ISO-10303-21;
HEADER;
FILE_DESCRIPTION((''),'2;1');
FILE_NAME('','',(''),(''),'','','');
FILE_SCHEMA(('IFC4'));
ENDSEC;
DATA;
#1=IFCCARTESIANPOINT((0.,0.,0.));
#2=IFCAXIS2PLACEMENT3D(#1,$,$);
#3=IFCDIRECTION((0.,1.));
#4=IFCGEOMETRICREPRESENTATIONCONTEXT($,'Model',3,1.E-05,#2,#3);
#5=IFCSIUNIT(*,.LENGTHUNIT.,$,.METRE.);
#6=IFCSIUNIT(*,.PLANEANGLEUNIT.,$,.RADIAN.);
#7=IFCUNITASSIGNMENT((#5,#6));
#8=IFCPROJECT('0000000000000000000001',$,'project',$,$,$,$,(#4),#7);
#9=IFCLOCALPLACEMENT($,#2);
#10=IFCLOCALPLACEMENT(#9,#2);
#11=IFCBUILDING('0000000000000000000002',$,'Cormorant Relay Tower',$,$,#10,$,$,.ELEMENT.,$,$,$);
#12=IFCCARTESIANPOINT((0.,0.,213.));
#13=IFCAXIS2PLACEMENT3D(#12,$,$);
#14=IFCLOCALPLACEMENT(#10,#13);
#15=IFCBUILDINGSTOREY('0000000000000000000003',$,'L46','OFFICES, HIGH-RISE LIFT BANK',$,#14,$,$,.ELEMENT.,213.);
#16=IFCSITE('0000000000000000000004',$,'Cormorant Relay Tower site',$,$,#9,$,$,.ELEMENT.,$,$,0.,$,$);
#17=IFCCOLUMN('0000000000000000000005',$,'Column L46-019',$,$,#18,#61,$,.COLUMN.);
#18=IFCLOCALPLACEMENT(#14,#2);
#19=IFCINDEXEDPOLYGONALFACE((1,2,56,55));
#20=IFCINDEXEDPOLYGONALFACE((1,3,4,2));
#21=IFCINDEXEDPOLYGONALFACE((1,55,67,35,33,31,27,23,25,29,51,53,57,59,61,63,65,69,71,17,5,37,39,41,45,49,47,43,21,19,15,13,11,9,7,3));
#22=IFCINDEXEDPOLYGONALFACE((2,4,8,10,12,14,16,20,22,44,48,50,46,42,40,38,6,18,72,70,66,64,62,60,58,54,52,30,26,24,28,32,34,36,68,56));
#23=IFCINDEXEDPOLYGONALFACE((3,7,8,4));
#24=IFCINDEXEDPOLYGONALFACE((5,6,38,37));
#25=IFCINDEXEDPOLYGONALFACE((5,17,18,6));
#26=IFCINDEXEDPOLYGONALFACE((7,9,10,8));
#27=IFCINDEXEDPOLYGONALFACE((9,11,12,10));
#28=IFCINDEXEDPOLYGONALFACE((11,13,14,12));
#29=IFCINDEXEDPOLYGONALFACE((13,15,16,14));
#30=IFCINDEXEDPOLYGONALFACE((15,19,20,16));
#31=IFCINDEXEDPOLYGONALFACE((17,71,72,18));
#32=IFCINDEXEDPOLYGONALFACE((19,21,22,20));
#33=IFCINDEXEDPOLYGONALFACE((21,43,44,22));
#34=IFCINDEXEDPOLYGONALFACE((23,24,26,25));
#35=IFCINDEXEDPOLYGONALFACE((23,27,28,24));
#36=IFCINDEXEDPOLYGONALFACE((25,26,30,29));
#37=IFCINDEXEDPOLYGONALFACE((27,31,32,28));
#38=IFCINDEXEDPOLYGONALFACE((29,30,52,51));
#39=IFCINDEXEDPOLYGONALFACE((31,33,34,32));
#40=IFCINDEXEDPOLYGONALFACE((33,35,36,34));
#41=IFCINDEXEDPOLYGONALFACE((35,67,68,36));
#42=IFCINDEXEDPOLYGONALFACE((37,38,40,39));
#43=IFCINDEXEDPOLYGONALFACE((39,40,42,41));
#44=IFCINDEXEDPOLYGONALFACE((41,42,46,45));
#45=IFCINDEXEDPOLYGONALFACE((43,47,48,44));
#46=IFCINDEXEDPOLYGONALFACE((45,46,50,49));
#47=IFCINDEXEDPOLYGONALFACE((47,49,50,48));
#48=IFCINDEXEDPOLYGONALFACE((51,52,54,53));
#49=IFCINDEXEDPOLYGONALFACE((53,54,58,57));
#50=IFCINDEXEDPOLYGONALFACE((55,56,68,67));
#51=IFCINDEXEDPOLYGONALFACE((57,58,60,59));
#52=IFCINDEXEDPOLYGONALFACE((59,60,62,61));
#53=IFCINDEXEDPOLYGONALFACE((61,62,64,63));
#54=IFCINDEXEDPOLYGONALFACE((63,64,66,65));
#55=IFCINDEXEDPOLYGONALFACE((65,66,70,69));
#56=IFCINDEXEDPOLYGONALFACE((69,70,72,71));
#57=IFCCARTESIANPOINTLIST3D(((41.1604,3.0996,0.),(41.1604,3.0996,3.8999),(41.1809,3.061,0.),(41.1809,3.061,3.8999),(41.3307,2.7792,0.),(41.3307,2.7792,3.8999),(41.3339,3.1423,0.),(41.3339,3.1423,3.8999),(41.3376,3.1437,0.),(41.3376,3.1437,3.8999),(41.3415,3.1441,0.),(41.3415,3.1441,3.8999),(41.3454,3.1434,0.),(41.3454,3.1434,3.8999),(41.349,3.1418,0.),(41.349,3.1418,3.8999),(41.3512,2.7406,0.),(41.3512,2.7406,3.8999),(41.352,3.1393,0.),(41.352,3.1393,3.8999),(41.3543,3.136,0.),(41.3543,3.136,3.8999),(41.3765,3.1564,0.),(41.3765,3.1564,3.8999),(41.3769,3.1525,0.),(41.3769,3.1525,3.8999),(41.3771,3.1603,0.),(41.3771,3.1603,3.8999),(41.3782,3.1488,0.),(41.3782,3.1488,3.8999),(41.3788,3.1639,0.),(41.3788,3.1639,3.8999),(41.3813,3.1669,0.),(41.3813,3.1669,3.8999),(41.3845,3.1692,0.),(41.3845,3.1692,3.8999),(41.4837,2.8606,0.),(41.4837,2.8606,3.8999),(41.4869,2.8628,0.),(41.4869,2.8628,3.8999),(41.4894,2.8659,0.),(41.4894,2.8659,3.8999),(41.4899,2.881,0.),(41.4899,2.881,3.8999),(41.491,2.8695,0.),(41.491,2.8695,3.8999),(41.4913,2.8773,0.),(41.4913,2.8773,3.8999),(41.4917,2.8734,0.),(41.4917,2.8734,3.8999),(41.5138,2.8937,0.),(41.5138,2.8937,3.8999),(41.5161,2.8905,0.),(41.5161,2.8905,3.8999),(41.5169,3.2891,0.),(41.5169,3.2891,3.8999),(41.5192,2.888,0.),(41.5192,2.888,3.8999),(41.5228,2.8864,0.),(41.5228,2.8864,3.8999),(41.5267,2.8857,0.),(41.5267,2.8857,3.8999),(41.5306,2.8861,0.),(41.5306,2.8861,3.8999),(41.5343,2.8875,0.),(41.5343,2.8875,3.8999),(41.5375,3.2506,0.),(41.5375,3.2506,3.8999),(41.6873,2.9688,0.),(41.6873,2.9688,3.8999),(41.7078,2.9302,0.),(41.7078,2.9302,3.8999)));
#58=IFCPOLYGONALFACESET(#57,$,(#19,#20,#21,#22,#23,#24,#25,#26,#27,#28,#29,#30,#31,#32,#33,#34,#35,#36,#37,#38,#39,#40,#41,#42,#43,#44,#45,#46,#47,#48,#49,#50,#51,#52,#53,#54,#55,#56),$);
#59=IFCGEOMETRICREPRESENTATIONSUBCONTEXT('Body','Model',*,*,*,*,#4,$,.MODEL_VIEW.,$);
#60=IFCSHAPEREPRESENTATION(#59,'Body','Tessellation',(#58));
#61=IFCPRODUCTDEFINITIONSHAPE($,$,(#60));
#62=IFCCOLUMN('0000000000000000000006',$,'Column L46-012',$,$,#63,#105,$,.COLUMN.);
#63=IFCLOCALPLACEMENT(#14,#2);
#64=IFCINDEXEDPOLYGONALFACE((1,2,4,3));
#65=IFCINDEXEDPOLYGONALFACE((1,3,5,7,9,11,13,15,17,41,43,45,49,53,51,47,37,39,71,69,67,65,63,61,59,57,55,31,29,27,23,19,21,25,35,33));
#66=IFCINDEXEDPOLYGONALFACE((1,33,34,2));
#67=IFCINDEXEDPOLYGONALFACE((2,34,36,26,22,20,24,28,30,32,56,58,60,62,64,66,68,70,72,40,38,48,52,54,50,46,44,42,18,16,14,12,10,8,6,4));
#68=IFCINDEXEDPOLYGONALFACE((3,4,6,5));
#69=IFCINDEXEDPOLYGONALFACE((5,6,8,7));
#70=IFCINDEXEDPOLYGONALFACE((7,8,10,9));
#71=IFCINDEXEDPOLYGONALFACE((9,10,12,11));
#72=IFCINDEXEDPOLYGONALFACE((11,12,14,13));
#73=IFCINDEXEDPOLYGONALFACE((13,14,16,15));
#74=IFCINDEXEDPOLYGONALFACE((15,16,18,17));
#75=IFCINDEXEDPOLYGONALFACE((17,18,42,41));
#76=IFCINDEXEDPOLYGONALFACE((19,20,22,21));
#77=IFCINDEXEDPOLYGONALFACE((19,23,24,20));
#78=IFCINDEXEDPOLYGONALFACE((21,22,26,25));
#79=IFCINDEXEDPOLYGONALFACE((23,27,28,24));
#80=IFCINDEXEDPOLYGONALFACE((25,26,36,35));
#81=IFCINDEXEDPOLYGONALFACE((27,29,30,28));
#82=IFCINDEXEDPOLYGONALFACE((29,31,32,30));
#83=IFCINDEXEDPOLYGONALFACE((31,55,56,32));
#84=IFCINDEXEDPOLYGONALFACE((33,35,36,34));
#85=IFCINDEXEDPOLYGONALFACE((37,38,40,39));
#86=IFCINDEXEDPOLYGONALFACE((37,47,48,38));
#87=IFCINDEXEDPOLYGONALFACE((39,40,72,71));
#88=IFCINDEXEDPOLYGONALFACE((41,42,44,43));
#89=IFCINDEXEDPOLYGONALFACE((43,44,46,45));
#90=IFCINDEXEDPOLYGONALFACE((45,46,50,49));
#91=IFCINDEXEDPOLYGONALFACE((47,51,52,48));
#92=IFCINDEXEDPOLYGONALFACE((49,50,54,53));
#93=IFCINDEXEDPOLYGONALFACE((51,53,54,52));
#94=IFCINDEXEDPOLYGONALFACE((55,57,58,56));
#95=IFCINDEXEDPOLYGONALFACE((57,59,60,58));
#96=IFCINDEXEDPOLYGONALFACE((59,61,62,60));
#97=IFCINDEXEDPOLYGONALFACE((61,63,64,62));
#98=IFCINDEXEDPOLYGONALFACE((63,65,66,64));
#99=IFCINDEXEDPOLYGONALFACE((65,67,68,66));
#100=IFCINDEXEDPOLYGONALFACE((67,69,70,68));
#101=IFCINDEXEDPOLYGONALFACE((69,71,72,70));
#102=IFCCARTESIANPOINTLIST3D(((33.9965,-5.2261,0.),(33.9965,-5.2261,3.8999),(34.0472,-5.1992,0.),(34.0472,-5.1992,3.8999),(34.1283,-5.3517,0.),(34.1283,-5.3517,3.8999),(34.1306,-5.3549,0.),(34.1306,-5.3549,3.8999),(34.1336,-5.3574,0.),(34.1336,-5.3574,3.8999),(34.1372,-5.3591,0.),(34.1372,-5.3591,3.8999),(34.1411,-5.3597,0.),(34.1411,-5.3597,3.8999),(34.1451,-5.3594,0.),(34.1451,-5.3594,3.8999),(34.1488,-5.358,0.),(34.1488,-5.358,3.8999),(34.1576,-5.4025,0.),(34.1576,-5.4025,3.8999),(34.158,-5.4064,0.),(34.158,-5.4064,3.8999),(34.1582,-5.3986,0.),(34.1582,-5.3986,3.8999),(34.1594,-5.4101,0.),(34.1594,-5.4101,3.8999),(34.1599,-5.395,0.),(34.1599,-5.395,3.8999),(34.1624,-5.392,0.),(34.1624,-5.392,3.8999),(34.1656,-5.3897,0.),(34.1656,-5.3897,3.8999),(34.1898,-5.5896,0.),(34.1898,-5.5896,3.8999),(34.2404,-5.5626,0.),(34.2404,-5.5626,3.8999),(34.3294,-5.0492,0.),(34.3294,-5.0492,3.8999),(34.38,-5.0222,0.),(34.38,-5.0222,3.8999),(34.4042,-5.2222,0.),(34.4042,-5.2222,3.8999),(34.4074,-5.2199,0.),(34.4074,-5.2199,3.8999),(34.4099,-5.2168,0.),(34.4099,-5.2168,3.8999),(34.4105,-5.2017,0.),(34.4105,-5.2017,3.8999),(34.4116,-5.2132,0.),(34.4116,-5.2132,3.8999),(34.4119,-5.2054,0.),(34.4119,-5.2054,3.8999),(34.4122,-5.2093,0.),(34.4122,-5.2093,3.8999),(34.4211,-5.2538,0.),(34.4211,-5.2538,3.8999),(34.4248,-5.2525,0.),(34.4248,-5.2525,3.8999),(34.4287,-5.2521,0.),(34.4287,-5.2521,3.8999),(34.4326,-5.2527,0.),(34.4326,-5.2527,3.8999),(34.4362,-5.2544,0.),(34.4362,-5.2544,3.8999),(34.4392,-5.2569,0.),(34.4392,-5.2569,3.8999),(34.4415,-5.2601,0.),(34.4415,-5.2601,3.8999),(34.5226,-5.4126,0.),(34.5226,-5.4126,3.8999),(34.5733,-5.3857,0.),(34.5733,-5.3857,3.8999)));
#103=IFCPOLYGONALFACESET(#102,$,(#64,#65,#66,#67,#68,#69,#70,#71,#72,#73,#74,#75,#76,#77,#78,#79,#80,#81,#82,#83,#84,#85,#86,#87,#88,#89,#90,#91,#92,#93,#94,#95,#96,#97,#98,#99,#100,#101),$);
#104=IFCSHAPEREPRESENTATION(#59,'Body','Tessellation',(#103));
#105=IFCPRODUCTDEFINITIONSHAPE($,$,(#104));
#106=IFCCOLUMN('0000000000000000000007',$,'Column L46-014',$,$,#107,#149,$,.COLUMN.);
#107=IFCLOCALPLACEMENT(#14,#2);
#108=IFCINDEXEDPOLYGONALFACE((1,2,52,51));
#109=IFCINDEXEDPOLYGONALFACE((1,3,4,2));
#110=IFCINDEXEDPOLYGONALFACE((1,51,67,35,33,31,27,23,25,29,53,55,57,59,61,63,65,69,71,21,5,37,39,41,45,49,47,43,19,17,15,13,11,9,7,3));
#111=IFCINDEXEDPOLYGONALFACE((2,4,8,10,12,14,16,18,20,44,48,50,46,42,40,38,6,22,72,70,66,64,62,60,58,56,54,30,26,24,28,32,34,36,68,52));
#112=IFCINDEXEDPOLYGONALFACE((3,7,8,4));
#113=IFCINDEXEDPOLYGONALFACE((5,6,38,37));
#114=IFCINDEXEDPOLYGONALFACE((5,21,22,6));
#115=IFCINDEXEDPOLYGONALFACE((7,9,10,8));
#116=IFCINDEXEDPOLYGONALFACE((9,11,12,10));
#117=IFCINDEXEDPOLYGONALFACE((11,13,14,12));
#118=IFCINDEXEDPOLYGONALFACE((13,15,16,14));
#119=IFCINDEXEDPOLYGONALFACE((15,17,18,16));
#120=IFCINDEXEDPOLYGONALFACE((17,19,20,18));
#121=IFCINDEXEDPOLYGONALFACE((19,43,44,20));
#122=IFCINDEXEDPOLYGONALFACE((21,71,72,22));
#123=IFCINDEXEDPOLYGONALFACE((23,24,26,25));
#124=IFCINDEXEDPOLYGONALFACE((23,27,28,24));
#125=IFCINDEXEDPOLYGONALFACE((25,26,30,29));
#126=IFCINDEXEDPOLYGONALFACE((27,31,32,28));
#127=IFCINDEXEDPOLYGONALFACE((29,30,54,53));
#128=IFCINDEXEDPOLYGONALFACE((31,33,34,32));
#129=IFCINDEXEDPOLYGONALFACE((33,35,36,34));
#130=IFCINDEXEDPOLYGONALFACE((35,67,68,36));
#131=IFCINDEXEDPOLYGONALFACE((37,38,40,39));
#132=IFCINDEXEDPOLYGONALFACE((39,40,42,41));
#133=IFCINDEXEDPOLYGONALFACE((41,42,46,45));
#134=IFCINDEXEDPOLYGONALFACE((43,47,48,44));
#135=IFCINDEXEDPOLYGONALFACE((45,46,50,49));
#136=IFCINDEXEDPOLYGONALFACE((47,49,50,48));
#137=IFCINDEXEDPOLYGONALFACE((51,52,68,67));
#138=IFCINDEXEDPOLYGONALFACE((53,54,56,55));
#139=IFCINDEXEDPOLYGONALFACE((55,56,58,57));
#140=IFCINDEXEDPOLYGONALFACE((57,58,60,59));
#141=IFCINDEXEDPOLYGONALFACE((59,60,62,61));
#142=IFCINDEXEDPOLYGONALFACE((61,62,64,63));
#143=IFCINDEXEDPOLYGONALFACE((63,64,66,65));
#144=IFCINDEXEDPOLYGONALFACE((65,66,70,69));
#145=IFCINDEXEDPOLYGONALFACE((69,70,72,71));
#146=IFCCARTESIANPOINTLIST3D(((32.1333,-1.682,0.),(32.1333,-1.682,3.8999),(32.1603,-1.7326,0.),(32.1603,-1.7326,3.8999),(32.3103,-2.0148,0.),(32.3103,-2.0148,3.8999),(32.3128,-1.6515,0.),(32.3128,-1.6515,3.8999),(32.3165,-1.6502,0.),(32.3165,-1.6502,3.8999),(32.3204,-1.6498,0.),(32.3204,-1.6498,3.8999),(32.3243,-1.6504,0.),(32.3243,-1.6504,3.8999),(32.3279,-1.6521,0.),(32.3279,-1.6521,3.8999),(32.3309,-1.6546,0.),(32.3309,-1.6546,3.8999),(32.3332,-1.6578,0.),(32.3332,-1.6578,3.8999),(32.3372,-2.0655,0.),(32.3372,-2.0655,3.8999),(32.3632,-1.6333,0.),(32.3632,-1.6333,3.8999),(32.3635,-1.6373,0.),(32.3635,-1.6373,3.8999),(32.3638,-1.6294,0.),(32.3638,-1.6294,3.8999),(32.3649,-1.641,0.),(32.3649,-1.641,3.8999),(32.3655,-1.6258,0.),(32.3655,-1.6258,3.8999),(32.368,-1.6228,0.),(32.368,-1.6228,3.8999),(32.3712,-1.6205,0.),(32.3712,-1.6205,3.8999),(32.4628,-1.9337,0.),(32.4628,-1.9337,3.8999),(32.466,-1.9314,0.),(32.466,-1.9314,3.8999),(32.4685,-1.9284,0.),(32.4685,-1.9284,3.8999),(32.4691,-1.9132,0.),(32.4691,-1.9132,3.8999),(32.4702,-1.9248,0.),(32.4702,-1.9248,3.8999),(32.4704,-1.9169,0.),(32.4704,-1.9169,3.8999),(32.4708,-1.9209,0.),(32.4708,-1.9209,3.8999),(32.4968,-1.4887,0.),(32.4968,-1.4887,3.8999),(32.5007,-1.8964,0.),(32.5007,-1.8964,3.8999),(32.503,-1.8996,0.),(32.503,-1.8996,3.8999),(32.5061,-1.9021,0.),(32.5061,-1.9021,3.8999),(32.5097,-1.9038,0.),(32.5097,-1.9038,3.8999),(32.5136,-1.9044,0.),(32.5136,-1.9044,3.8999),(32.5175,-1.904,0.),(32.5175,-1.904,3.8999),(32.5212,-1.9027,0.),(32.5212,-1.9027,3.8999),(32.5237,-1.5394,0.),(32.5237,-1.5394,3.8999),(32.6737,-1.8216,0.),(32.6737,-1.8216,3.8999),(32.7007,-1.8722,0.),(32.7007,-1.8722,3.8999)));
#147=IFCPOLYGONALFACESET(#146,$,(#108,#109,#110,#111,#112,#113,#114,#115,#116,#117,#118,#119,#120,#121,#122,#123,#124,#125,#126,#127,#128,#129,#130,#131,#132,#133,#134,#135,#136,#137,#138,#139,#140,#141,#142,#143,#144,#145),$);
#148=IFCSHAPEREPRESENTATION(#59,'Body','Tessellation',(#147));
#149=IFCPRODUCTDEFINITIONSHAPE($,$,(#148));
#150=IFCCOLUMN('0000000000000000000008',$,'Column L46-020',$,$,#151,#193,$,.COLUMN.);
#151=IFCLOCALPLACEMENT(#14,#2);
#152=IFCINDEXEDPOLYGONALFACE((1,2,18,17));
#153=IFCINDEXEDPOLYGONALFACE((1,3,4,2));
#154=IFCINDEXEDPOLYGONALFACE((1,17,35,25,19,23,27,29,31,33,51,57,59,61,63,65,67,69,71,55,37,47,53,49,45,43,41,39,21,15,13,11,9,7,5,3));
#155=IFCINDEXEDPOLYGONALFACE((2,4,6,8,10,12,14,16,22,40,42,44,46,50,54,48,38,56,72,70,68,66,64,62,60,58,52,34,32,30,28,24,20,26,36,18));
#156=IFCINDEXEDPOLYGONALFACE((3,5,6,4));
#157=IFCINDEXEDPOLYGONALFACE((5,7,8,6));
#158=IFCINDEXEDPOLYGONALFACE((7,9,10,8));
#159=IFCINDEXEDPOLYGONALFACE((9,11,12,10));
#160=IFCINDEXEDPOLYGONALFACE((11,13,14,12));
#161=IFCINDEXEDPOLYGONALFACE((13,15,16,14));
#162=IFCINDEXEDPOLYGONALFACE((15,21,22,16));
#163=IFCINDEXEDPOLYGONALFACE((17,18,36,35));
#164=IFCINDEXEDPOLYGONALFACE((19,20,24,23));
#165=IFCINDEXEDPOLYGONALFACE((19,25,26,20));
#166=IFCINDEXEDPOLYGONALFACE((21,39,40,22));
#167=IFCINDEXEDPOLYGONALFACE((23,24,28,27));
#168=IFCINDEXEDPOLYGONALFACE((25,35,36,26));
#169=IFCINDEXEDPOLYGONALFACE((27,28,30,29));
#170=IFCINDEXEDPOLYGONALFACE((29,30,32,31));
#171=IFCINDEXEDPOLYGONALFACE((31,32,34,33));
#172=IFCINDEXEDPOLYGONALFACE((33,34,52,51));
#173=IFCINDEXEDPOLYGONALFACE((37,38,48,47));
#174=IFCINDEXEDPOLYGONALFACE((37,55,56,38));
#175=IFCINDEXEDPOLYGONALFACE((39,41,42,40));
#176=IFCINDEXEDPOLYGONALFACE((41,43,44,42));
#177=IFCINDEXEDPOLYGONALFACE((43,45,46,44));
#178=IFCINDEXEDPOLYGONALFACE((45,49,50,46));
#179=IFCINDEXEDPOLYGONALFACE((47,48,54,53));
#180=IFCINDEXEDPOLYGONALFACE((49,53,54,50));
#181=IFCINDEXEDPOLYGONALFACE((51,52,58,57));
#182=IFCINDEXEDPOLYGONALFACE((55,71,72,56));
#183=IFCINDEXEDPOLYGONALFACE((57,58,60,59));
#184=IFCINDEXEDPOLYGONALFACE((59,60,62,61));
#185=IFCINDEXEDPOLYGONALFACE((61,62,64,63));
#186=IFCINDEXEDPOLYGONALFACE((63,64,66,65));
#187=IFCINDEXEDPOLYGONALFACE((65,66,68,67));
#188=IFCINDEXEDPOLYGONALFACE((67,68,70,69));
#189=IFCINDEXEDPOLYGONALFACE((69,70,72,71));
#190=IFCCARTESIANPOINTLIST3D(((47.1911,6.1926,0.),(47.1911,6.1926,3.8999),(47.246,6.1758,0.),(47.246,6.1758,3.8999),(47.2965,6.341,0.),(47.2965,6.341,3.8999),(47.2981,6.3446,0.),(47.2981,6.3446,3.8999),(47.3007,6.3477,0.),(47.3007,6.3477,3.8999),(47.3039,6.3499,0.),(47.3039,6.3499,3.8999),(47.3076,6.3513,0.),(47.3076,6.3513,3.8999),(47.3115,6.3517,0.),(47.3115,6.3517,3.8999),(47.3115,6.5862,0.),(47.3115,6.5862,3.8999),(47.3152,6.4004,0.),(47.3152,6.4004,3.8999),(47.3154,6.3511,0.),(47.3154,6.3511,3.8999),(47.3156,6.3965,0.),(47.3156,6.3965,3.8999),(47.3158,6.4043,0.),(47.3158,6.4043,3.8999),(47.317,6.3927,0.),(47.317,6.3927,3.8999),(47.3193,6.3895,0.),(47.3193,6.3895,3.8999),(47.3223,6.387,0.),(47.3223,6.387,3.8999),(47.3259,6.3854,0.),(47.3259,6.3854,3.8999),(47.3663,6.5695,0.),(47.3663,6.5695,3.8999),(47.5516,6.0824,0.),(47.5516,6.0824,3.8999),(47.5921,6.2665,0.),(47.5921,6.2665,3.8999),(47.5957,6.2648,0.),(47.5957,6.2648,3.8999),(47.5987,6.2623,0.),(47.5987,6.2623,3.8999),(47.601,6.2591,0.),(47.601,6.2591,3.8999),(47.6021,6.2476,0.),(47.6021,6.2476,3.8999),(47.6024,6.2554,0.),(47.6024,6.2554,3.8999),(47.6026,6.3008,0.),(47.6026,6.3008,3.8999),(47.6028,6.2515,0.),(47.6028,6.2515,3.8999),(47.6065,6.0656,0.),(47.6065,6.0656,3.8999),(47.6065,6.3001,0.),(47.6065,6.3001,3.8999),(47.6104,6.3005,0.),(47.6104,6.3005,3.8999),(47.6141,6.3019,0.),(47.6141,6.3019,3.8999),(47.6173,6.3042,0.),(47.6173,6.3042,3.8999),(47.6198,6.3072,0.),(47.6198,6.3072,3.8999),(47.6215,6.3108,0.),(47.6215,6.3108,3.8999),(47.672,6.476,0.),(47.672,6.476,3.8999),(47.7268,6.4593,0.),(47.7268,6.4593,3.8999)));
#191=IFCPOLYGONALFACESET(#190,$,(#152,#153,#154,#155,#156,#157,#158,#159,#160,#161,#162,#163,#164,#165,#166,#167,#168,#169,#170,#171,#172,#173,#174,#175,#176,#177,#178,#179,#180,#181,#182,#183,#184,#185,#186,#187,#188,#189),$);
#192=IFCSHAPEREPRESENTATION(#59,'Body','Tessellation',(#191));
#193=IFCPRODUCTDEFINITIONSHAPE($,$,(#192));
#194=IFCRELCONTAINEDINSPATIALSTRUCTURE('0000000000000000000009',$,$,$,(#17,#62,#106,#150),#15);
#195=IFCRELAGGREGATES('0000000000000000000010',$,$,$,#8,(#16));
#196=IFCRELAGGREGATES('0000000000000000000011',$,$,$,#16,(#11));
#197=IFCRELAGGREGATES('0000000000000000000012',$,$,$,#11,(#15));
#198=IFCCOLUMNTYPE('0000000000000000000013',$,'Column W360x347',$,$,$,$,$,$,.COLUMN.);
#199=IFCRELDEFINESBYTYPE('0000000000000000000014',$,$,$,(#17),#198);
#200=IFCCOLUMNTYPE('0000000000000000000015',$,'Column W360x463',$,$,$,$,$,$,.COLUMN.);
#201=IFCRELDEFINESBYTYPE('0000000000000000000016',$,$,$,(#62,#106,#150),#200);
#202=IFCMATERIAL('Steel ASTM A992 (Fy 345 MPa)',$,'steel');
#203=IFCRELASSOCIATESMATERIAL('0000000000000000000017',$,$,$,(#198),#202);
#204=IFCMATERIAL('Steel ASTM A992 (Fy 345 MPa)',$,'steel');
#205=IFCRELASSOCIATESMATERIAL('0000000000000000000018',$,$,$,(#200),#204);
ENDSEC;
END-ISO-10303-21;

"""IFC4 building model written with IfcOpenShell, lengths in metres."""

from ifc_helpers import new_model, si_unit, direction, frame, origin, origin_2d, place, context, subcontext, project, spatial, i_section, extrude, material, material_profile, profile_set, type_object, element, save


model = new_model("IFC4")

# Units and contexts
model_context = context("Model", 3, precision=1e-05, world=origin(), true_north=direction((0.0, 1.0)))
body_context = subcontext(model_context, "Body", "Model", "MODEL_VIEW")
ifc_project = project(units=[si_unit("LENGTHUNIT", "METRE"), si_unit("PLANEANGLEUNIT", "RADIAN")], contexts=[model_context])

# Site, building, storey
site_placement = place(None, origin())
site = spatial("IfcSite", under=ifc_project, at=site_placement, Name="Cormorant Relay Tower site", CompositionType="ELEMENT", RefElevation=0.0)
building_placement = place(site_placement, origin())
building = spatial("IfcBuilding", under=site, at=building_placement, Name="Cormorant Relay Tower", CompositionType="ELEMENT")
storey_placement = place(building_placement, frame((0.0, 0.0, 213.0)))
storey = spatial("IfcBuildingStorey", under=building, at=storey_placement, Name="L46", Description="OFFICES, HIGH-RISE LIFT BANK", CompositionType="ELEMENT", Elevation=213.0)

# Columns
ifc_material_1 = material(Name="Steel ASTM A992 (Fy 345 MPa)", Category="steel")
ifc_material_profile_1 = material_profile(ifc_material_1, i_section(OverallWidth=0.4038, OverallDepth=0.4065, WebThickness=0.0271, FlangeThickness=0.0437, FilletRadius=0.0151, at=origin_2d()), Name="W360x347")
ifc_profile_set_1 = profile_set([ifc_material_profile_1], Name="Steel ASTM A992 (Fy 345 MPa)")
column_type_1 = type_object("IfcColumnType", Name="Column W360x347", PredefinedType="COLUMN", material=ifc_profile_set_1)
column_placement = place(storey_placement, frame((41.4341, 3.0149, 0.0), z_axis=(0.0, 0.0, 1.0), x_axis=(0.882948, 0.469472, 0.0)))
element("IfcColumn", 1, at=column_placement, inside=storey, type_object=column_type_1, Name="Column L46-019", PredefinedType="COLUMN", context=body_context, shape_type="SweptSolid", body=[
    extrude(i_section(OverallWidth=0.4038, OverallDepth=0.4065, WebThickness=0.0271, FlangeThickness=0.0437, FilletRadius=0.0151, at=origin_2d()), origin(), (0.0, 0.0, 1.0), 3.8999),
])
ifc_material_2 = material(Name="Steel ASTM A992 (Fy 345 MPa)", Category="steel")
ifc_material_profile_2 = material_profile(ifc_material_2, i_section(OverallWidth=0.4116, OverallDepth=0.4343, WebThickness=0.0359, FlangeThickness=0.0574, FilletRadius=0.0151, at=origin_2d()), Name="W360x463")
ifc_profile_set_2 = profile_set([ifc_material_profile_2], Name="Steel ASTM A992 (Fy 345 MPa)")
column_type_2 = type_object("IfcColumnType", Name="Column W360x463", PredefinedType="COLUMN", material=ifc_profile_set_2)
for number, where, z_axis, x_axis, name in (
    (2, (34.2849, -5.3059, 0.0), (0.0, 0.0, 1.0), (-0.469472, 0.882948, 0.0), "Column L46-012"),
    (3, (32.417, -1.7771, 0.0), (0.0, 0.0, 1.0), (0.882948, 0.469472, 0.0), "Column L46-014"),
    (4, (47.459, 6.3259, 0.0), (0.0, 0.0, 1.0), (0.292372, 0.956305, 0.0), "Column L46-020"),
):
    element("IfcColumn", number, at=place(storey_placement, frame(where, z_axis=z_axis, x_axis=x_axis)), inside=storey, type_object=column_type_2, Name=name, PredefinedType="COLUMN", context=body_context, shape_type="SweptSolid", body=[
        extrude(i_section(OverallWidth=0.4116, OverallDepth=0.4343, WebThickness=0.0359, FlangeThickness=0.0574, FilletRadius=0.0151, at=origin_2d()), origin(), (0.0, 0.0, 1.0), 3.8999),
    ])

save(model, "model.ifc")
